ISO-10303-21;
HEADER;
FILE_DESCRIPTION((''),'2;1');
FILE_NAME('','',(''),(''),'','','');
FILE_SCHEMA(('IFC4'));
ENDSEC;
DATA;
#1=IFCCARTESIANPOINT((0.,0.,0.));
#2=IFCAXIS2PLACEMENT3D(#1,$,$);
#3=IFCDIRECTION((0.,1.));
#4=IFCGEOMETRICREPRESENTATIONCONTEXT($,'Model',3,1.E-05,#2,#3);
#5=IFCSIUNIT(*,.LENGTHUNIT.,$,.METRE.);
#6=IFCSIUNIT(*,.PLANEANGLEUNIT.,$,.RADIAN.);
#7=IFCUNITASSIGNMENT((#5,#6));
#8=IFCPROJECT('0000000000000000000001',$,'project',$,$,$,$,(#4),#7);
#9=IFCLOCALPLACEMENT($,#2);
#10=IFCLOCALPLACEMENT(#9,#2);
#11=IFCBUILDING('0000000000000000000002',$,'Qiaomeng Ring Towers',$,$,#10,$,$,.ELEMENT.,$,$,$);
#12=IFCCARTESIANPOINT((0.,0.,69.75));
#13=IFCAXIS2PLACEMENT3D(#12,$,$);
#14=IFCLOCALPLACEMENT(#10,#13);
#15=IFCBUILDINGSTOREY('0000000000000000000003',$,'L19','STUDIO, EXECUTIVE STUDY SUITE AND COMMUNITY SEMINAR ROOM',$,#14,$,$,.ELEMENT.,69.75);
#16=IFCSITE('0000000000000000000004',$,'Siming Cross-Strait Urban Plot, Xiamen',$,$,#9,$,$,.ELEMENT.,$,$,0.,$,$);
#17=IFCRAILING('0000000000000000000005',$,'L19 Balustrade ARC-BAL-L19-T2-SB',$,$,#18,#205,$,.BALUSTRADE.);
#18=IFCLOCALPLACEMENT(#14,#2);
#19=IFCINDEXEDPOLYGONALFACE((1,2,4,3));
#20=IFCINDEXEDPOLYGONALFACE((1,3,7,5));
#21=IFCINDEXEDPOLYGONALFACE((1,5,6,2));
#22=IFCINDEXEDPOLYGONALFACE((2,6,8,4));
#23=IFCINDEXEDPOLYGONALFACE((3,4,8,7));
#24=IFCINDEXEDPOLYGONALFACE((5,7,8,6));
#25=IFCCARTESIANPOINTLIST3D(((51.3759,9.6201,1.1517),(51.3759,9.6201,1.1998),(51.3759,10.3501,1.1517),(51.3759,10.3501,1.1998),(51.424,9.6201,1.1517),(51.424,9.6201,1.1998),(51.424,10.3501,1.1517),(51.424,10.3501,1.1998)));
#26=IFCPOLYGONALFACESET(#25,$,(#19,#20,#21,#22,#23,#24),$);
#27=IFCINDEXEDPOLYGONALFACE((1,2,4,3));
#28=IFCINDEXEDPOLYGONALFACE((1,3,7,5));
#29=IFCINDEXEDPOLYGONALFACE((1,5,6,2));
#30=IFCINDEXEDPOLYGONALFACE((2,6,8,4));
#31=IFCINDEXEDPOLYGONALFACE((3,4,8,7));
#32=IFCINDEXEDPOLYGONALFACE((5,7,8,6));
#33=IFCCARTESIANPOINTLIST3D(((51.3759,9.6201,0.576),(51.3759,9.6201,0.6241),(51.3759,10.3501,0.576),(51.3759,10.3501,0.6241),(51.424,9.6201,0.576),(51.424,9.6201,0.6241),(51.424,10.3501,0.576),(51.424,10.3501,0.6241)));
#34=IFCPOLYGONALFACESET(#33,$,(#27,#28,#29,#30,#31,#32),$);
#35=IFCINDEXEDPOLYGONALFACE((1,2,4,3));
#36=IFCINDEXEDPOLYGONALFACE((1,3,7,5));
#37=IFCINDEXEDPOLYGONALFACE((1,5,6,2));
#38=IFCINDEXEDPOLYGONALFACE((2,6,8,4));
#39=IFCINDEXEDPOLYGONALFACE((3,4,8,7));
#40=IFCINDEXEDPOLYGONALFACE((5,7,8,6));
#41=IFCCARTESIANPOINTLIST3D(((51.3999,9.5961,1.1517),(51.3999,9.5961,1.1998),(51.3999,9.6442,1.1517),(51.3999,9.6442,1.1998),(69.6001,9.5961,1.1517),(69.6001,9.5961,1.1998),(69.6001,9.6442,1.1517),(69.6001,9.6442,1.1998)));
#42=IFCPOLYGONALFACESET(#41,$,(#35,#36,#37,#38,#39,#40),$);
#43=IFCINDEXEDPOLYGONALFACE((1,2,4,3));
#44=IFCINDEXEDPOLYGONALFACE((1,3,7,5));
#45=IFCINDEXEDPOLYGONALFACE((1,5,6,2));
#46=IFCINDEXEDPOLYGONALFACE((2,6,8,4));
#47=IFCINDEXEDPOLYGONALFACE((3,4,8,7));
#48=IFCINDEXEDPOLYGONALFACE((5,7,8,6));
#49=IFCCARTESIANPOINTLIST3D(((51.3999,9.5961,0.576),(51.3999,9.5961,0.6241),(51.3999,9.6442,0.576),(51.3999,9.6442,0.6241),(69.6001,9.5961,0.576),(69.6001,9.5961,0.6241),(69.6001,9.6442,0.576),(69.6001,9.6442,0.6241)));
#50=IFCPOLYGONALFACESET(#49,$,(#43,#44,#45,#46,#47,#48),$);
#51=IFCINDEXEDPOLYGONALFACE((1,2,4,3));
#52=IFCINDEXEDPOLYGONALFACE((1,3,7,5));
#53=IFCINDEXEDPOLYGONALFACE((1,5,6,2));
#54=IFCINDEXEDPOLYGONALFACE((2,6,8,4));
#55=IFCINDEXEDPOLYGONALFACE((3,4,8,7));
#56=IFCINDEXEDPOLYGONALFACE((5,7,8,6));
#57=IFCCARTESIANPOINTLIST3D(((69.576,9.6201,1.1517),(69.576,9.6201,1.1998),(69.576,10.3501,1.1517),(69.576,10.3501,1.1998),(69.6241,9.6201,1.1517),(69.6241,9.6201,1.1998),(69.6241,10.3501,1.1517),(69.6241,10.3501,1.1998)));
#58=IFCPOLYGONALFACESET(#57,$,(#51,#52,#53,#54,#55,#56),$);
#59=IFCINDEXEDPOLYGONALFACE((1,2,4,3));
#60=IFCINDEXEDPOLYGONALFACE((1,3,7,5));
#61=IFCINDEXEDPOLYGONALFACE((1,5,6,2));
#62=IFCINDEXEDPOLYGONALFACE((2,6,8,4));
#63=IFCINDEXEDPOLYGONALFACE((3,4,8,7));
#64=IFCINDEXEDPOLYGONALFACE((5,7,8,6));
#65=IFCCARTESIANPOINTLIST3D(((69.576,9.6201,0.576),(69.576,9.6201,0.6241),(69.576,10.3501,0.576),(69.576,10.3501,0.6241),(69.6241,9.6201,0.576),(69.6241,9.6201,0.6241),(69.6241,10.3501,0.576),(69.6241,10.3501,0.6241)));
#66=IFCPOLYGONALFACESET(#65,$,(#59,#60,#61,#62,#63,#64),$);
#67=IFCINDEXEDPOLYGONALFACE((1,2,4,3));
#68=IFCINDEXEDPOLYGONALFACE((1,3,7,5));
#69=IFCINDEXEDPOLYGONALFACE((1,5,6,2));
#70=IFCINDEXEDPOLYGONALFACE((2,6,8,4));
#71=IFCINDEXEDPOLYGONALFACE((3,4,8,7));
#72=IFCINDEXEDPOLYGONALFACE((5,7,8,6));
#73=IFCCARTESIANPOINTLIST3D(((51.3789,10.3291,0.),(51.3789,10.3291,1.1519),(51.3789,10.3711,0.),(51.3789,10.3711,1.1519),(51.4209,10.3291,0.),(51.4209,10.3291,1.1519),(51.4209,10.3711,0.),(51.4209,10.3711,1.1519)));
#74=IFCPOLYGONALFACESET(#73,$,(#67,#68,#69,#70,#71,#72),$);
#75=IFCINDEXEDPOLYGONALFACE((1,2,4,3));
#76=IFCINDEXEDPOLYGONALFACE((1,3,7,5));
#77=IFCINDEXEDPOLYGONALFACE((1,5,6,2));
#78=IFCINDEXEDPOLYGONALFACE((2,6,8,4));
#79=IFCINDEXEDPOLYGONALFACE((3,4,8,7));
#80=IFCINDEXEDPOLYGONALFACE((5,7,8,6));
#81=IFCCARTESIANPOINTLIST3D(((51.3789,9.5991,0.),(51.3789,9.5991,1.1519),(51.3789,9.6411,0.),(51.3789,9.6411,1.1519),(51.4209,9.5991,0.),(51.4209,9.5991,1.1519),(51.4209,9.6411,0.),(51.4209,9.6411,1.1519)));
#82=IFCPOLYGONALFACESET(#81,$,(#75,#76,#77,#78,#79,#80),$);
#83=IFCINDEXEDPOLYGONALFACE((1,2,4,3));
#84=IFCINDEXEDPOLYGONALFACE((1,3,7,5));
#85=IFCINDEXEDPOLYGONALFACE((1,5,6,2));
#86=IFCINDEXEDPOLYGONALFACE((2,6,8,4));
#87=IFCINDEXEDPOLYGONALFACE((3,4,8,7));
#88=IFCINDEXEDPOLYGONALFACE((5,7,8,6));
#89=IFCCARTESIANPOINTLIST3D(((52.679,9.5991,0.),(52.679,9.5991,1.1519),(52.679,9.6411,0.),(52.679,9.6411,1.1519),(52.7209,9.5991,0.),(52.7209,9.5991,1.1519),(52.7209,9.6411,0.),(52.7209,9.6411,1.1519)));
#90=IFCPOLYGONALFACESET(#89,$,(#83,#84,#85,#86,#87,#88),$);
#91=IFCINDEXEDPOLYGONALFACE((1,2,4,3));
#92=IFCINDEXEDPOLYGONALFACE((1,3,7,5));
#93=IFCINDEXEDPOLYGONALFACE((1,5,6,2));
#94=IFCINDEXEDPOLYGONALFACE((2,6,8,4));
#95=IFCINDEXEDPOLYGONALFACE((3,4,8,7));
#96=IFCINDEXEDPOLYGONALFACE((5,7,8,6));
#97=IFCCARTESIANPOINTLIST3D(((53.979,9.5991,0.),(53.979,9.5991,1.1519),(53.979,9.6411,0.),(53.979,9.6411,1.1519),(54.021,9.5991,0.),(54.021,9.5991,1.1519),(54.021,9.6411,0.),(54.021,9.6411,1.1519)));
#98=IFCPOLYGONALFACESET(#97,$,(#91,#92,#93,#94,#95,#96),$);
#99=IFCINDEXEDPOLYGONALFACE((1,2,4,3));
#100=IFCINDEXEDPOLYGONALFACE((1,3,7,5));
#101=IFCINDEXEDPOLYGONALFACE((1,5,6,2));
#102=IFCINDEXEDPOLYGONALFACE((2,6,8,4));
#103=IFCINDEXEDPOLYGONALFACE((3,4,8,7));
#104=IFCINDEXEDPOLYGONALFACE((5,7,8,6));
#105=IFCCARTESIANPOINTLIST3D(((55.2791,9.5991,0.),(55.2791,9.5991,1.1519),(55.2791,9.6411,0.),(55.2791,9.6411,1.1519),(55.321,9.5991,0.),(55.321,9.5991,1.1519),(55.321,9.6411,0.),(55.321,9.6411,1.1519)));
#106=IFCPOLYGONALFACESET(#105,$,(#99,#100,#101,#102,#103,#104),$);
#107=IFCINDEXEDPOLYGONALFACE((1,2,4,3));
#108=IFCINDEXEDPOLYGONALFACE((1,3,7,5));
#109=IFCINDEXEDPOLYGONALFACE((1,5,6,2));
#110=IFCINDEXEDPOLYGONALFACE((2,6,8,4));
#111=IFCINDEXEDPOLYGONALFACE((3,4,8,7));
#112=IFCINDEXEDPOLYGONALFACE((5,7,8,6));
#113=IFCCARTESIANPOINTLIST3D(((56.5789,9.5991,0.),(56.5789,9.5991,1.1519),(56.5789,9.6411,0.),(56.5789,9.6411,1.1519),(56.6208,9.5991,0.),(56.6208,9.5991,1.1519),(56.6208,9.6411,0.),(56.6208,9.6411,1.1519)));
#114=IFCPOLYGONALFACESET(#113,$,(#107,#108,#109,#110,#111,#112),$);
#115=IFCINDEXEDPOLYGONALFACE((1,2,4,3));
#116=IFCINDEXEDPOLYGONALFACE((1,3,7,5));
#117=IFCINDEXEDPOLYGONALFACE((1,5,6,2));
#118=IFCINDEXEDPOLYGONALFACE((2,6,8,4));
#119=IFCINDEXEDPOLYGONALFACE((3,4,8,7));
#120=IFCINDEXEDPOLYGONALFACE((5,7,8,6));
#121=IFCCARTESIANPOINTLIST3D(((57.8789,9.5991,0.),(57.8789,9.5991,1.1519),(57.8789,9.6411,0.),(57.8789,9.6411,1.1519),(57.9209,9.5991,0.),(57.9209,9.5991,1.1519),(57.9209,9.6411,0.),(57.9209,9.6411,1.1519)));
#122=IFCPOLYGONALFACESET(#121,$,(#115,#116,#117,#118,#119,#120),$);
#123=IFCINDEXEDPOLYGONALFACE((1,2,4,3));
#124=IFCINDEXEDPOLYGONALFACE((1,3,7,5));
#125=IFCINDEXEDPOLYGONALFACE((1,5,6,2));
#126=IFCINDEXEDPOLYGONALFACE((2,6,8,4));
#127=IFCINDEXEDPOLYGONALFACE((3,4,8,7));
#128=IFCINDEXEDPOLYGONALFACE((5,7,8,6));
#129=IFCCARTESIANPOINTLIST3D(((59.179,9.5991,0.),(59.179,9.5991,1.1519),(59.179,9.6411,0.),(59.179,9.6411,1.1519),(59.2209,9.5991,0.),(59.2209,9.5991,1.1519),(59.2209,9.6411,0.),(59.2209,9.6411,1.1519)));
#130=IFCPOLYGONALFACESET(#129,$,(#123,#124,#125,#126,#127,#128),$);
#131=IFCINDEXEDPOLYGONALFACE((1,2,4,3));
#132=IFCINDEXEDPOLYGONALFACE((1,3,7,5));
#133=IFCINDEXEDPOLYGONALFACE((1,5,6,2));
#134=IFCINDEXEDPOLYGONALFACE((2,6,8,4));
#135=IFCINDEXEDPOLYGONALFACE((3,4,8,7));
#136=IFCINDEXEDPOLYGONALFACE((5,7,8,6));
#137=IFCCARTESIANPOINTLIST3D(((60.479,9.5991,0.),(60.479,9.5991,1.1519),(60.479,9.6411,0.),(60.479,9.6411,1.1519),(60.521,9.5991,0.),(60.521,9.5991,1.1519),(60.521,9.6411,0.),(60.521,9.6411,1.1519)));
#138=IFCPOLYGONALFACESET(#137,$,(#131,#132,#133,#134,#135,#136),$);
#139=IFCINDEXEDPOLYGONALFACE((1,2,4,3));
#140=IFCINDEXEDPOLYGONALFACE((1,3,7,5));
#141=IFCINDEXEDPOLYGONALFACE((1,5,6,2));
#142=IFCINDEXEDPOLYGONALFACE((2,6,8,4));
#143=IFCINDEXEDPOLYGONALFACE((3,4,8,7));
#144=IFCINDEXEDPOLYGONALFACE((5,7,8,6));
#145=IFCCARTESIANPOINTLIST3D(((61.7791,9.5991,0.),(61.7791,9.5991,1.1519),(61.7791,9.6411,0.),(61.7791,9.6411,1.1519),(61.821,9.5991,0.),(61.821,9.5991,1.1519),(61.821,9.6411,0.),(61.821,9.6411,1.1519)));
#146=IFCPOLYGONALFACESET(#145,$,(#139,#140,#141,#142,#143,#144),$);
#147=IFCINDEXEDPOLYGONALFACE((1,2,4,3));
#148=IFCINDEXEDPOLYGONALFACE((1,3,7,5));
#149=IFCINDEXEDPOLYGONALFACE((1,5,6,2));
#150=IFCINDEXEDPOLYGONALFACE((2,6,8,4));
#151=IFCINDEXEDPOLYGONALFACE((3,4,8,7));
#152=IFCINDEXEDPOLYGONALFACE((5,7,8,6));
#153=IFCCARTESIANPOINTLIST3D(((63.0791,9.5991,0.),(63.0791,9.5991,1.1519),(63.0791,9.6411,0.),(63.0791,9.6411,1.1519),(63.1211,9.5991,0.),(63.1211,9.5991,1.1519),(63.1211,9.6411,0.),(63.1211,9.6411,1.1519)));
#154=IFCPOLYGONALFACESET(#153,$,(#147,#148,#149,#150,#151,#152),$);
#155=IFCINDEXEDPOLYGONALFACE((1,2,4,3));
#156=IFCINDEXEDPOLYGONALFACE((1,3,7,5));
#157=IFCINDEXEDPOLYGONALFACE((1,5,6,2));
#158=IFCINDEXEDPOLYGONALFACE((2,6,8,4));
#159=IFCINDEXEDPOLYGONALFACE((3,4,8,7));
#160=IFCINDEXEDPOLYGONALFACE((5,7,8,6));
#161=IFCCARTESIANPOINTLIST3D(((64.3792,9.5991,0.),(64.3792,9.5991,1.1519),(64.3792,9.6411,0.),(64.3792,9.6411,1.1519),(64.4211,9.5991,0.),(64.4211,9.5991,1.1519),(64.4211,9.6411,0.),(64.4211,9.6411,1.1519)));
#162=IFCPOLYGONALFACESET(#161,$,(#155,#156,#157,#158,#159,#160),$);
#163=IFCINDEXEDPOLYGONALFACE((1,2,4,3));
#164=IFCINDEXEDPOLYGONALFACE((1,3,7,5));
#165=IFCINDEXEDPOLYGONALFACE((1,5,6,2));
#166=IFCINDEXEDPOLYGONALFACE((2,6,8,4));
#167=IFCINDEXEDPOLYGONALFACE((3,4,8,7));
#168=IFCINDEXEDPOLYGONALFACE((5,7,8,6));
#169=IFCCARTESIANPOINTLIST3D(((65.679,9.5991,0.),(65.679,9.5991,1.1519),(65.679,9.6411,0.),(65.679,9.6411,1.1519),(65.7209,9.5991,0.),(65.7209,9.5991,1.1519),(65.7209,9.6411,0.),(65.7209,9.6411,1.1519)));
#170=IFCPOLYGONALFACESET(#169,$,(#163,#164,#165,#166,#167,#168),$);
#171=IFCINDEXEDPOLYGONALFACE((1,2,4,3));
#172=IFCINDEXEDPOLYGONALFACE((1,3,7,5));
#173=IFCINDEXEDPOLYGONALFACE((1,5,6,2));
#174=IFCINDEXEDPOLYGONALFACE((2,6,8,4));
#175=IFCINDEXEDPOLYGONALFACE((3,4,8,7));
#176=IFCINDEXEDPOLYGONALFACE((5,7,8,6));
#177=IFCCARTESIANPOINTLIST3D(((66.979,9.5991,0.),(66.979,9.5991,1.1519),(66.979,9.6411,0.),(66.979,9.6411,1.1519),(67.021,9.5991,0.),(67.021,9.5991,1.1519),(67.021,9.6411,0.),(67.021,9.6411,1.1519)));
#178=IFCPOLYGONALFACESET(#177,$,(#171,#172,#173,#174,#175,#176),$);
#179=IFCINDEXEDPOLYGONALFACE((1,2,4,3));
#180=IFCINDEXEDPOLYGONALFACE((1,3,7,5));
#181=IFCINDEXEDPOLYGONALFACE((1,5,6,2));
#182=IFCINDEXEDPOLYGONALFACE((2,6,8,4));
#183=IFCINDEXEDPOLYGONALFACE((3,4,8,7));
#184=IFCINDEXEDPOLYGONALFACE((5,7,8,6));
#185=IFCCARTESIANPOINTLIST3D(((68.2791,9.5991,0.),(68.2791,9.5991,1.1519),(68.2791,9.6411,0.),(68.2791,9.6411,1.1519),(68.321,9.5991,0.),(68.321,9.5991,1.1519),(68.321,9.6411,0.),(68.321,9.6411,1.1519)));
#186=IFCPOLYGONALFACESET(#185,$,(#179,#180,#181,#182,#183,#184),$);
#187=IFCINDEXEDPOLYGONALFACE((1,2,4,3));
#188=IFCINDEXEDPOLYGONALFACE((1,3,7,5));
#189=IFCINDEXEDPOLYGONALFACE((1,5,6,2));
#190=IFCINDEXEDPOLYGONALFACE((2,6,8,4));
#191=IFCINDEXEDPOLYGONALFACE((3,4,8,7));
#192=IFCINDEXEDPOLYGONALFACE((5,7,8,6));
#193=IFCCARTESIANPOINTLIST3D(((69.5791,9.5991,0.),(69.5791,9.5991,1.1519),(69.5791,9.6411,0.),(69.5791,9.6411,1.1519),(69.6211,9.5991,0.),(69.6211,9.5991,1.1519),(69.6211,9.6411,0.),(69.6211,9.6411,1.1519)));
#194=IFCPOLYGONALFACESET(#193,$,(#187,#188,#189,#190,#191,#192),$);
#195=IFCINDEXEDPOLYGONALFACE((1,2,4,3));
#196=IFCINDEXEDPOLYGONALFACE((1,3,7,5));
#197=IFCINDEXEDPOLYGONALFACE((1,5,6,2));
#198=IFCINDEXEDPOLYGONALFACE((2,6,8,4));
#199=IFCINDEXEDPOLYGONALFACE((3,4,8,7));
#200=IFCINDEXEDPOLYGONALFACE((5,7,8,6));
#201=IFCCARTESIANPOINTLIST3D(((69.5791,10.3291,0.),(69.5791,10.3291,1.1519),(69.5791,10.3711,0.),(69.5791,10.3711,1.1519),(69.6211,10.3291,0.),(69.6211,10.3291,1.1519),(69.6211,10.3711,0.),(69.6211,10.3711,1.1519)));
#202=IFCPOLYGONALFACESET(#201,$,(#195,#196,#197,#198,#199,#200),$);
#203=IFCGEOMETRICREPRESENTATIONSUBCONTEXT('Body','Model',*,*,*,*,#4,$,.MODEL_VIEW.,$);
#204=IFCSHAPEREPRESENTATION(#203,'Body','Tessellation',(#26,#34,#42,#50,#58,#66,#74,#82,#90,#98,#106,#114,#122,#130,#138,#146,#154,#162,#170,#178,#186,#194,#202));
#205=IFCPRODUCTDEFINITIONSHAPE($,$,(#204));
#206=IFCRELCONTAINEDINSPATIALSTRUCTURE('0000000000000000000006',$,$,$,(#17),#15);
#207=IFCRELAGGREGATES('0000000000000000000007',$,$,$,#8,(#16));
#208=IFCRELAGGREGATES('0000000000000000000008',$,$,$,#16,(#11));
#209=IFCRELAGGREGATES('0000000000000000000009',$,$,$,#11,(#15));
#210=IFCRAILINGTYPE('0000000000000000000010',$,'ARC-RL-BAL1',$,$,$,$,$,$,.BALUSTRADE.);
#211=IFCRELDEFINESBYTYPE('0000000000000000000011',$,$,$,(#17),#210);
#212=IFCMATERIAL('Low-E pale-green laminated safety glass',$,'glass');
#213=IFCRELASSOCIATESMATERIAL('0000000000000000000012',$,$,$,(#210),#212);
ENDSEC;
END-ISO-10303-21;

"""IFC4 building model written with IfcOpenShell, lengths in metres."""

from ifc_helpers import new_model, si_unit, direction, frame, origin, origin_2d, place, context, subcontext, project, spatial, rectangle, extrude, material, type_object, element, save


model = new_model("IFC4")

# Units and contexts
model_context = context("Model", 3, precision=1e-05, world=origin(), true_north=direction((0.0, 1.0)))
body_context = subcontext(model_context, "Body", "Model", "MODEL_VIEW")
ifc_project = project(units=[si_unit("LENGTHUNIT", "METRE"), si_unit("PLANEANGLEUNIT", "RADIAN")], contexts=[model_context])

# Site, building, storey
site_placement = place(None, origin())
site = spatial("IfcSite", under=ifc_project, at=site_placement, Name="Siming Cross-Strait Urban Plot, Xiamen", CompositionType="ELEMENT", RefElevation=0.0)
building_placement = place(site_placement, origin())
building = spatial("IfcBuilding", under=site, at=building_placement, Name="Qiaomeng Ring Towers", CompositionType="ELEMENT")
storey_placement = place(building_placement, frame((0.0, 0.0, 69.75)))
storey = spatial("IfcBuildingStorey", under=building, at=storey_placement, Name="L19", Description="STUDIO, EXECUTIVE STUDY SUITE AND COMMUNITY SEMINAR ROOM", CompositionType="ELEMENT", Elevation=69.75)

# Railing
ifc_material_1 = material(Name="Low-E pale-green laminated safety glass", Category="glass")
railing_type = type_object("IfcRailingType", Name="ARC-RL-BAL1", PredefinedType="BALUSTRADE", material=ifc_material_1)
railing_1_placement = place(storey_placement, frame((51.3999, 10.3501, 0.0)))
element("IfcRailing", 1, at=railing_1_placement, inside=storey, type_object=railing_type, Name="L19 Balustrade ARC-BAL-L19-T2-SB", PredefinedType="BALUSTRADE", context=body_context, shape_type="SweptSolid", body=[
    extrude(rectangle(XDim=0.0481, YDim=0.0481, at=origin_2d()), frame((0.0, 0.0, 1.1758), z_axis=(0.0, -1.0, 0.0), x_axis=(1.0, 0.0, 0.0)), (0.0, 0.0, 1.0), 0.73),
    extrude(rectangle(XDim=0.0481, YDim=0.0481, at=origin_2d()), frame((0.0, 0.0, 0.6001), z_axis=(0.0, -1.0, 0.0), x_axis=(1.0, 0.0, 0.0)), (0.0, 0.0, 1.0), 0.73),
    extrude(rectangle(XDim=0.0481, YDim=0.0481, at=origin_2d()), frame((0.0, -0.73, 1.1758), z_axis=(1.0, 0.0, 0.0), x_axis=(0.0, 1.0, 0.0)), (0.0, 0.0, 1.0), 18.2002),
    extrude(rectangle(XDim=0.0481, YDim=0.0481, at=origin_2d()), frame((0.0, -0.73, 0.6001), z_axis=(1.0, 0.0, 0.0), x_axis=(0.0, 1.0, 0.0)), (0.0, 0.0, 1.0), 18.2002),
    extrude(rectangle(XDim=0.0481, YDim=0.0481, at=origin_2d()), frame((18.2002, -0.73, 1.1758), z_axis=(0.0, 1.0, 0.0), x_axis=(-1.0, 0.0, 0.0)), (0.0, 0.0, 1.0), 0.73),
    extrude(rectangle(XDim=0.0481, YDim=0.0481, at=origin_2d()), frame((18.2002, -0.73, 0.6001), z_axis=(0.0, 1.0, 0.0), x_axis=(-1.0, 0.0, 0.0)), (0.0, 0.0, 1.0), 0.73),
    extrude(rectangle(XDim=0.042, YDim=0.042, at=origin_2d()), origin(), (0.0, 0.0, 1.0), 1.1519),
    extrude(rectangle(XDim=0.042, YDim=0.042, at=origin_2d()), frame((0.0, -0.73, 0.0)), (0.0, 0.0, 1.0), 1.1519),
    extrude(rectangle(XDim=0.042, YDim=0.042, at=origin_2d()), frame((1.3, -0.73, 0.0)), (0.0, 0.0, 1.0), 1.1519),
    extrude(rectangle(XDim=0.042, YDim=0.042, at=origin_2d()), frame((2.6001, -0.73, 0.0)), (0.0, 0.0, 1.0), 1.1519),
    extrude(rectangle(XDim=0.042, YDim=0.042, at=origin_2d()), frame((3.9001, -0.73, 0.0)), (0.0, 0.0, 1.0), 1.1519),
    extrude(rectangle(XDim=0.042, YDim=0.042, at=origin_2d()), frame((5.2, -0.73, 0.0)), (0.0, 0.0, 1.0), 1.1519),
    extrude(rectangle(XDim=0.042, YDim=0.042, at=origin_2d()), frame((6.5, -0.73, 0.0)), (0.0, 0.0, 1.0), 1.1519),
    extrude(rectangle(XDim=0.042, YDim=0.042, at=origin_2d()), frame((7.8, -0.73, 0.0)), (0.0, 0.0, 1.0), 1.1519),
    extrude(rectangle(XDim=0.042, YDim=0.042, at=origin_2d()), frame((9.1001, -0.73, 0.0)), (0.0, 0.0, 1.0), 1.1519),
    extrude(rectangle(XDim=0.042, YDim=0.042, at=origin_2d()), frame((10.4001, -0.73, 0.0)), (0.0, 0.0, 1.0), 1.1519),
    extrude(rectangle(XDim=0.042, YDim=0.042, at=origin_2d()), frame((11.7002, -0.73, 0.0)), (0.0, 0.0, 1.0), 1.1519),
    extrude(rectangle(XDim=0.042, YDim=0.042, at=origin_2d()), frame((13.0002, -0.73, 0.0)), (0.0, 0.0, 1.0), 1.1519),
    extrude(rectangle(XDim=0.042, YDim=0.042, at=origin_2d()), frame((14.3, -0.73, 0.0)), (0.0, 0.0, 1.0), 1.1519),
    extrude(rectangle(XDim=0.042, YDim=0.042, at=origin_2d()), frame((15.6001, -0.73, 0.0)), (0.0, 0.0, 1.0), 1.1519),
    extrude(rectangle(XDim=0.042, YDim=0.042, at=origin_2d()), frame((16.9001, -0.73, 0.0)), (0.0, 0.0, 1.0), 1.1519),
    extrude(rectangle(XDim=0.042, YDim=0.042, at=origin_2d()), frame((18.2002, -0.73, 0.0)), (0.0, 0.0, 1.0), 1.1519),
    extrude(rectangle(XDim=0.042, YDim=0.042, at=origin_2d()), frame((18.2002, 0.0, 0.0)), (0.0, 0.0, 1.0), 1.1519),
])

save(model, "model.ifc")
